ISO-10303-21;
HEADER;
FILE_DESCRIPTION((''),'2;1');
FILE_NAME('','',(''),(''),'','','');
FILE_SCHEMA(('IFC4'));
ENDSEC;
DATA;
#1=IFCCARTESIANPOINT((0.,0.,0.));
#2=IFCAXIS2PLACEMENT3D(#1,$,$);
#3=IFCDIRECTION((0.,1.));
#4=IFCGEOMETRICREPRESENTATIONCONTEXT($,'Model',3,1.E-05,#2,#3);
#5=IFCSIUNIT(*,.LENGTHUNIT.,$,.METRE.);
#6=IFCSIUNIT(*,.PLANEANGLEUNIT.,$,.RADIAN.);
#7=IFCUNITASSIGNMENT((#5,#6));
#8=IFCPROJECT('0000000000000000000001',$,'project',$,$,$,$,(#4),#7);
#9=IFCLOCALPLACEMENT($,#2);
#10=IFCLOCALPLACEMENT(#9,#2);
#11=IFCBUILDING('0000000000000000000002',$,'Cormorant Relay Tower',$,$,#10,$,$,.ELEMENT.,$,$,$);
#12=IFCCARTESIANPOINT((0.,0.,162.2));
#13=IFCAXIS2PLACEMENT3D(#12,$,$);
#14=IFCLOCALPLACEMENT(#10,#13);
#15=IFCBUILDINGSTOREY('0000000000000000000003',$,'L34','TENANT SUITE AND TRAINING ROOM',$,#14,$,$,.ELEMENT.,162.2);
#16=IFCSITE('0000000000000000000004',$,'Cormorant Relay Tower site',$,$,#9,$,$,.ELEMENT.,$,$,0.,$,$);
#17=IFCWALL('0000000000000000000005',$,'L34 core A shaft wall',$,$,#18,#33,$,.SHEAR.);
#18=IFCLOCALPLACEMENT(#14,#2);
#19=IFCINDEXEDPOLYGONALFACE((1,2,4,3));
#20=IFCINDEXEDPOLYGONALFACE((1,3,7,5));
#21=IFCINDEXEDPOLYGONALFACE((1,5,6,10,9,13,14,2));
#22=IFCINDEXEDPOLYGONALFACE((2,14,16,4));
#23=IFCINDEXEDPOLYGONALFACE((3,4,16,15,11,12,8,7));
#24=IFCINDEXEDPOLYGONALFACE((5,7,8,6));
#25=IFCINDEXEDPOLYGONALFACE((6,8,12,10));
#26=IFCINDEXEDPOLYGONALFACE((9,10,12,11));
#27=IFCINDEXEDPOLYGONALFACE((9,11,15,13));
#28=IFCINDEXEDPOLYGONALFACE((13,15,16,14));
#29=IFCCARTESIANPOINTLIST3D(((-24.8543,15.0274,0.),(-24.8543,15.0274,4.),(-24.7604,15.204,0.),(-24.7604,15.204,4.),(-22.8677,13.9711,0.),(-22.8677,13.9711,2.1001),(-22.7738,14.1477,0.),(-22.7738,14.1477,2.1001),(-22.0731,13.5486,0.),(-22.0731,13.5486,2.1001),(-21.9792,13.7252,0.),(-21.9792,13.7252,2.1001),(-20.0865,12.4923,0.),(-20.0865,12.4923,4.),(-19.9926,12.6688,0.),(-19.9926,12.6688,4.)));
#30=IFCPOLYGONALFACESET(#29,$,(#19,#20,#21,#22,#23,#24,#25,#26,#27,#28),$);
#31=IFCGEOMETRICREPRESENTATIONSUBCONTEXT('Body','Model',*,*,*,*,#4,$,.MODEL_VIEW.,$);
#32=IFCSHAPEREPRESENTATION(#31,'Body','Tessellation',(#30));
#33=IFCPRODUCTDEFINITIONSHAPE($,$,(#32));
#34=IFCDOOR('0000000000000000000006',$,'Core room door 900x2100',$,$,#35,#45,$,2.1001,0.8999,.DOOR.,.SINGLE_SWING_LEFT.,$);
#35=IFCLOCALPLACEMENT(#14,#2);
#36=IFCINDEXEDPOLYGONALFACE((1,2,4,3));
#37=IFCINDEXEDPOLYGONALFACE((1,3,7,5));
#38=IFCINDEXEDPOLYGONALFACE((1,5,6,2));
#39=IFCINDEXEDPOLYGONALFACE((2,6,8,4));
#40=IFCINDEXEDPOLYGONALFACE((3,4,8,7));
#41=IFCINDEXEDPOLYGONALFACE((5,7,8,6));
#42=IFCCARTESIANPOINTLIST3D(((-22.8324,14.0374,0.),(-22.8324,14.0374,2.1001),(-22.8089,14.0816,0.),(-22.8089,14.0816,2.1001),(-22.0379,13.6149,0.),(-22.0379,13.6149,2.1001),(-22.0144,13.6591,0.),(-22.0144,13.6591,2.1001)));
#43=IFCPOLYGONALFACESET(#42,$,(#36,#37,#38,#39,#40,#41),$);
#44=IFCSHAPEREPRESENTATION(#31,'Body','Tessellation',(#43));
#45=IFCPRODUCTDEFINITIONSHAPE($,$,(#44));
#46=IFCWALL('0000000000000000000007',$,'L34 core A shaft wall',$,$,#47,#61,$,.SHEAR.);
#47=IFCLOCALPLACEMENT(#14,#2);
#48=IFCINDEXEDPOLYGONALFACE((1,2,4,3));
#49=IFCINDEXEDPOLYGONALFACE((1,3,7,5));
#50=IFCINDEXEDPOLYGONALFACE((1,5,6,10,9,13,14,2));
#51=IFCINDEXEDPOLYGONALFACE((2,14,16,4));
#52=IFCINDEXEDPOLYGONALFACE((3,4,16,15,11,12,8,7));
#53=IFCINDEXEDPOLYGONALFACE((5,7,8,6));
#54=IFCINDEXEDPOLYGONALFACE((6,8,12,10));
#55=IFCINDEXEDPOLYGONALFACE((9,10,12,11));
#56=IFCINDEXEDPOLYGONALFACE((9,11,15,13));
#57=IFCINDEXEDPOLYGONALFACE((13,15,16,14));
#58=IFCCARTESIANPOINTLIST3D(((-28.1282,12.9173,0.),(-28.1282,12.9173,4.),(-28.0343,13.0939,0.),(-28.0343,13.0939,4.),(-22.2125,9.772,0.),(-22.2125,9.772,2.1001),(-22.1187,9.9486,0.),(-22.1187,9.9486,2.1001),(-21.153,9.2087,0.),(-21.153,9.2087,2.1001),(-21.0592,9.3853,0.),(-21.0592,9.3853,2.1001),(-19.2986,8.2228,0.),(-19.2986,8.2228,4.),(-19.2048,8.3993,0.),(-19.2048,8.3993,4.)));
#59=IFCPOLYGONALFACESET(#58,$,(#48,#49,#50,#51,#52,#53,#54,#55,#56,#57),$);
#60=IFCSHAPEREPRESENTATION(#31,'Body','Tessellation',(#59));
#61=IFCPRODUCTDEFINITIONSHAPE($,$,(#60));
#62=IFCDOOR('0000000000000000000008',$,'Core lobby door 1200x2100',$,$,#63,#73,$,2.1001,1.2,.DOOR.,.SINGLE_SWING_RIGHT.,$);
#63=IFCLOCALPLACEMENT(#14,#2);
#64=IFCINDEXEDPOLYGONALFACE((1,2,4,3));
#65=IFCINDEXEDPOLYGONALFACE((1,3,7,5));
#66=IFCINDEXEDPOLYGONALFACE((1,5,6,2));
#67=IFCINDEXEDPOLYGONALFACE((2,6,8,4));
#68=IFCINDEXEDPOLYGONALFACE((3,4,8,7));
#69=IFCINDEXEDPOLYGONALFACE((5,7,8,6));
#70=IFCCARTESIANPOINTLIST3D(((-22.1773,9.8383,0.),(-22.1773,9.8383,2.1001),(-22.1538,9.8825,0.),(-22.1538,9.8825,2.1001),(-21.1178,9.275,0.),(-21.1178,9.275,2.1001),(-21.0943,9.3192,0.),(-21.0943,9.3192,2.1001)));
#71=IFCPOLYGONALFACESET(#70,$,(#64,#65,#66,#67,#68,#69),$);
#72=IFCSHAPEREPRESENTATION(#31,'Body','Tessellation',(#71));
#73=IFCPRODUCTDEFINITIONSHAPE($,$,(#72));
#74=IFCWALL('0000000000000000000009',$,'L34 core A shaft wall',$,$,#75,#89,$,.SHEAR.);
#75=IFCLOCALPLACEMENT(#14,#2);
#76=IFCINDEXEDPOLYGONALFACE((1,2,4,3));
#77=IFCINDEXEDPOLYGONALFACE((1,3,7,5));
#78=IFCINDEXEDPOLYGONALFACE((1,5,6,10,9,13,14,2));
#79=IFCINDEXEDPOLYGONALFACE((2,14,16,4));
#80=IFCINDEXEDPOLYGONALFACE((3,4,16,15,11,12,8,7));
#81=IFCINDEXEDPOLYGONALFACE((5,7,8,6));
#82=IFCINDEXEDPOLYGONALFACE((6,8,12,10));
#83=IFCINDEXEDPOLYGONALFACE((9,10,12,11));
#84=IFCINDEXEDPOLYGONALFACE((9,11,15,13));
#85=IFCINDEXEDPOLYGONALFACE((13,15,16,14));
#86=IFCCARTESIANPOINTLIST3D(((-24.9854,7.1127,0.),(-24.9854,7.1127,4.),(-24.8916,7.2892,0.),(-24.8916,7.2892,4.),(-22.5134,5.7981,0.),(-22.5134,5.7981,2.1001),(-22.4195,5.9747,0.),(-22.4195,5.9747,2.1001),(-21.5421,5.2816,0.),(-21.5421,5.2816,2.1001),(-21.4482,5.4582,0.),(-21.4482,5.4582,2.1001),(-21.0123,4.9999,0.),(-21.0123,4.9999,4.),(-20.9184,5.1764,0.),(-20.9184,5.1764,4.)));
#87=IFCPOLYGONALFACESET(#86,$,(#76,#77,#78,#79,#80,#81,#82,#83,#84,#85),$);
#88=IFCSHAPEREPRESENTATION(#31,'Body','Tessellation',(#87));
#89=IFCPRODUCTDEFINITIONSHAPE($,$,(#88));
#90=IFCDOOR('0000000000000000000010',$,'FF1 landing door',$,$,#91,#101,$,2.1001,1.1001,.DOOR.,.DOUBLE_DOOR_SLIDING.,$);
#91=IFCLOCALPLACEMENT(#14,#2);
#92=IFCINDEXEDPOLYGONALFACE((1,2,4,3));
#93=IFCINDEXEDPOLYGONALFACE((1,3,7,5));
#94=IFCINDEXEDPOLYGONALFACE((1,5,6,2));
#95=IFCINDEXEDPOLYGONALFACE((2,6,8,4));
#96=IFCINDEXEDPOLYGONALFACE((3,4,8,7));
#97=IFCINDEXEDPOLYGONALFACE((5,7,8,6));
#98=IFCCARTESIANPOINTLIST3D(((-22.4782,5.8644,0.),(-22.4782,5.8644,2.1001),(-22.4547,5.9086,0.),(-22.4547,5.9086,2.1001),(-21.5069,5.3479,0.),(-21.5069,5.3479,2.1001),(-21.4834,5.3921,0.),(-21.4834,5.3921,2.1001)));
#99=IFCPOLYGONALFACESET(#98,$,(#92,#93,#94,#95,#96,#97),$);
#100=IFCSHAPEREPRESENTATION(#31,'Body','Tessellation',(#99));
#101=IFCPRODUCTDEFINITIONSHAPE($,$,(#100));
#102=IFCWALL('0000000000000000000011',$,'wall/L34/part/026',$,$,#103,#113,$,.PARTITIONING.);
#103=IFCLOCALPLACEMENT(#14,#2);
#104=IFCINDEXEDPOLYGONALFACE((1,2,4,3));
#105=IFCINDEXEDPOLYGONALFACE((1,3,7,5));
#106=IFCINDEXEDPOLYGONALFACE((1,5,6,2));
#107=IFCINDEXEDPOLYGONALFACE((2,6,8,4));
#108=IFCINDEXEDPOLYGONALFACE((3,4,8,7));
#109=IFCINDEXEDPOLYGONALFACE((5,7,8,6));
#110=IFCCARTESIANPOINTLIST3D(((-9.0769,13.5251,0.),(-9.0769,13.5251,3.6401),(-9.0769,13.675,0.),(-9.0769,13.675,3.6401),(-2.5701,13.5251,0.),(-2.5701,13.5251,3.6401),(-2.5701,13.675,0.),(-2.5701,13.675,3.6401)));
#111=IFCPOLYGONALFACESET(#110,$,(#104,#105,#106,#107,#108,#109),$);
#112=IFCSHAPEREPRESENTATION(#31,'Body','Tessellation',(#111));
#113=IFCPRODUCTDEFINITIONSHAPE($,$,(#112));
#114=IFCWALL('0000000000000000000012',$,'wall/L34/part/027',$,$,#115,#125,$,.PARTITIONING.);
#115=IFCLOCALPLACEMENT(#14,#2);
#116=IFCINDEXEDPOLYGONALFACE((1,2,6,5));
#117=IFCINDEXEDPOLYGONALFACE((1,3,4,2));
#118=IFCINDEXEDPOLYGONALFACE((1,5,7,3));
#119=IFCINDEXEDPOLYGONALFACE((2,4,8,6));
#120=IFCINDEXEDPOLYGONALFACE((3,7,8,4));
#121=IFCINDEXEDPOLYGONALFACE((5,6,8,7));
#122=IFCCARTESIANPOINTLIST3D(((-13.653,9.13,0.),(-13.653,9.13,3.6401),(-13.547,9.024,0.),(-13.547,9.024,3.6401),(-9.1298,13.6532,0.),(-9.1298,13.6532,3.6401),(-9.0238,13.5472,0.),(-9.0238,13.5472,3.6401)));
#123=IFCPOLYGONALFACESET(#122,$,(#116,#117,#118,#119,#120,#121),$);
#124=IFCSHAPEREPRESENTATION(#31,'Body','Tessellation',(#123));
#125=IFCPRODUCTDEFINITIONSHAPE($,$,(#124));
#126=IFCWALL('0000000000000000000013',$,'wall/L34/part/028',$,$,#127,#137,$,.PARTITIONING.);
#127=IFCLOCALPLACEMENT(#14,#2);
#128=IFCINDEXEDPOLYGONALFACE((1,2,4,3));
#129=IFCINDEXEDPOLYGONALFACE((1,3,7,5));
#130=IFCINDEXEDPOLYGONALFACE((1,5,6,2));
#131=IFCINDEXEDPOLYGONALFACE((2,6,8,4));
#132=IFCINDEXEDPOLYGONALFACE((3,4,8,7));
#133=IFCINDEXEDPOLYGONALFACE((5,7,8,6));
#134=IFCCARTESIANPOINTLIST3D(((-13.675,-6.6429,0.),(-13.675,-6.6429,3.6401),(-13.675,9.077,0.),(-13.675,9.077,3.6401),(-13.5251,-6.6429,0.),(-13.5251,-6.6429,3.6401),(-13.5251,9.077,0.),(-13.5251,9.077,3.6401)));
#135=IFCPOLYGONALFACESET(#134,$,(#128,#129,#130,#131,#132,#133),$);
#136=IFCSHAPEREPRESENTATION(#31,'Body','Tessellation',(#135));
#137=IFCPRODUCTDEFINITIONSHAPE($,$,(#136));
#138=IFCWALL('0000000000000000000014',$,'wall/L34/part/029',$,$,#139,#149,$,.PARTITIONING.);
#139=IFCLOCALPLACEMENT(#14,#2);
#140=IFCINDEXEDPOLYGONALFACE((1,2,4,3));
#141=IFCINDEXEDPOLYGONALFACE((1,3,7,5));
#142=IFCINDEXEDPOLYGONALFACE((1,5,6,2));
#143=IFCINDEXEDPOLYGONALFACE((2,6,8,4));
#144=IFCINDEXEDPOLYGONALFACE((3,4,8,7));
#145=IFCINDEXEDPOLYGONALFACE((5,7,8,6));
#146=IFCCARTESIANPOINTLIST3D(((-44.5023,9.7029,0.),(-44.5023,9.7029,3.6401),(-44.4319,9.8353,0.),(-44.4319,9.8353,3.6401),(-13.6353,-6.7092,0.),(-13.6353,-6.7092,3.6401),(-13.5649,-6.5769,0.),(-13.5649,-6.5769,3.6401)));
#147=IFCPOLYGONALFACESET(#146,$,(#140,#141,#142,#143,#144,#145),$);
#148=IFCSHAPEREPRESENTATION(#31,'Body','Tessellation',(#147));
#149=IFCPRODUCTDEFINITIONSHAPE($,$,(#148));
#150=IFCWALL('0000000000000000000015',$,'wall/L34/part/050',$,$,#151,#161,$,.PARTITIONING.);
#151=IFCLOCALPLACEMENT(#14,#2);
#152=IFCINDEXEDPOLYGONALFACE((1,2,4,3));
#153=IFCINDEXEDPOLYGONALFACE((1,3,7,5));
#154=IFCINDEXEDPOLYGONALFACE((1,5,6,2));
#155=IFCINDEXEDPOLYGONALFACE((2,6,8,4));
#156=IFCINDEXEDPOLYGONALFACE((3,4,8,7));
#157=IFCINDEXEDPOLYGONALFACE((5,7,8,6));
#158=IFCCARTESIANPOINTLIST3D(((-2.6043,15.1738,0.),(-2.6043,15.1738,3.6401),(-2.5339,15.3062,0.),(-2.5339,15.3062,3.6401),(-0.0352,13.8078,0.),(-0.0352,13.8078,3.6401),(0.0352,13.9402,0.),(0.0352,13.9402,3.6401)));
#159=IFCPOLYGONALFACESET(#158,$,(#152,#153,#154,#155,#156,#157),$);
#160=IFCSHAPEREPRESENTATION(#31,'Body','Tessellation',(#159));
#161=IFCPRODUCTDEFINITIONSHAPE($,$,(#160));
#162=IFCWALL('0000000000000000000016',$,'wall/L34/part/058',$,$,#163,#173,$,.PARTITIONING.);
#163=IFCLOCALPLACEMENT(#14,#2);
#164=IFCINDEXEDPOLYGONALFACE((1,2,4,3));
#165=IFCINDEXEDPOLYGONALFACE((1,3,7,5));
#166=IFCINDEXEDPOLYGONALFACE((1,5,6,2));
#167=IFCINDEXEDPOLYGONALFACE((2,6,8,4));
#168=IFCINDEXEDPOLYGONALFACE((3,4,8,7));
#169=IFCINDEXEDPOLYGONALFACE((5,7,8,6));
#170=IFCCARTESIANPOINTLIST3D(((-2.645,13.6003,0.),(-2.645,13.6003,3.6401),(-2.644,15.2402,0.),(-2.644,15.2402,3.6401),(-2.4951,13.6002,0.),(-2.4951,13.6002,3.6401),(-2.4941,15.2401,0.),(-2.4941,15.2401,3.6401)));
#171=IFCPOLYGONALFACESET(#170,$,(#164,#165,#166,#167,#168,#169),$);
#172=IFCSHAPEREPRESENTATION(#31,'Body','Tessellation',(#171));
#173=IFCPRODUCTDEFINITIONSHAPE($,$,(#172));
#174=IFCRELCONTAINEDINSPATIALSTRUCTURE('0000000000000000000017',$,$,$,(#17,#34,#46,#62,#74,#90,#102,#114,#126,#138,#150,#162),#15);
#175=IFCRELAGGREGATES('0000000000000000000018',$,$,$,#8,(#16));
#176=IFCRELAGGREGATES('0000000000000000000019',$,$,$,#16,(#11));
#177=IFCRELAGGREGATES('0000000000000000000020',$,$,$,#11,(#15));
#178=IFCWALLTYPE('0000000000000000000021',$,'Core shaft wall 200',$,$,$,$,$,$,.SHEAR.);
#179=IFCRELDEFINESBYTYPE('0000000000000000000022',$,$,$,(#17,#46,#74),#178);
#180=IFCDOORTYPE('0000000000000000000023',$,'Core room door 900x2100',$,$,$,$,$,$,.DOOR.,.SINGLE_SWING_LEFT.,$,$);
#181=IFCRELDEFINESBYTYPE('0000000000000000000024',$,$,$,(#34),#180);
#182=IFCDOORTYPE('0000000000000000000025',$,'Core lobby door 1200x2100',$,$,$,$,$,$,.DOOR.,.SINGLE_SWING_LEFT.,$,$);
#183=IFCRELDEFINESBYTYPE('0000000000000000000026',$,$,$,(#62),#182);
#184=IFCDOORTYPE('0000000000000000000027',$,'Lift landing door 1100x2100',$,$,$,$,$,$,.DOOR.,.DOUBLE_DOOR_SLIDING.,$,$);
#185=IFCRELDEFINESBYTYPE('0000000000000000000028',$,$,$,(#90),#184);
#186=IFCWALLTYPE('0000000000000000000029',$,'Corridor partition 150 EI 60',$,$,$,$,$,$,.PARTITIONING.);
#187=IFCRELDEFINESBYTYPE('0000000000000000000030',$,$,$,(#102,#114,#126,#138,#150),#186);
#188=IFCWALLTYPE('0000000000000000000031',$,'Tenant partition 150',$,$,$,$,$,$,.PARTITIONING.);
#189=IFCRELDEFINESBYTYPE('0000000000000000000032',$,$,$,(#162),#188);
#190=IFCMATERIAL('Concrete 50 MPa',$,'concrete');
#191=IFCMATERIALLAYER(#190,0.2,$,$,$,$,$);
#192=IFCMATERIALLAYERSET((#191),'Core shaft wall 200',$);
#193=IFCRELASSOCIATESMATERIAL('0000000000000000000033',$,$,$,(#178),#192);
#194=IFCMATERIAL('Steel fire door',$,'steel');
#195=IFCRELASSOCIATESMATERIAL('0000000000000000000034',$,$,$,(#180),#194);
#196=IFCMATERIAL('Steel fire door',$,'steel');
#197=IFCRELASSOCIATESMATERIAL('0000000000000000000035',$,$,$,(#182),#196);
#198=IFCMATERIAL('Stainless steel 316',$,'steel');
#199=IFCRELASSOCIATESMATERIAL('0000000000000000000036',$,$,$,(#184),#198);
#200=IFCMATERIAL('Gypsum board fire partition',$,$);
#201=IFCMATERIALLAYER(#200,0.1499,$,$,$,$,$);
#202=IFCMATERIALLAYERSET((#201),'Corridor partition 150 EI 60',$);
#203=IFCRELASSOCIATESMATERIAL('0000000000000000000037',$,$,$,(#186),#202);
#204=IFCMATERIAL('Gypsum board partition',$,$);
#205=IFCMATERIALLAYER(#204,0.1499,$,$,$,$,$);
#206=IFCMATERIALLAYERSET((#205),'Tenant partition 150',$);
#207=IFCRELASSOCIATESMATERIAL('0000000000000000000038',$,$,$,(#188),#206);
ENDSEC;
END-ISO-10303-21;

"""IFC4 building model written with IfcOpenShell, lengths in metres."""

from ifc_helpers import new_model, si_unit, direction, frame, frame_2d, origin, place, context, subcontext, project, spatial, rectangle, extrude, material, layer, layer_set, type_object, element, fill, save


model = new_model("IFC4")

# Units and contexts
model_context = context("Model", 3, precision=1e-05, world=origin(), true_north=direction((0.0, 1.0)))
body_context = subcontext(model_context, "Body", "Model", "MODEL_VIEW")
ifc_project = project(units=[si_unit("LENGTHUNIT", "METRE"), si_unit("PLANEANGLEUNIT", "RADIAN")], contexts=[model_context])

# Site, building, storey
site_placement = place(None, origin())
site = spatial("IfcSite", under=ifc_project, at=site_placement, Name="Cormorant Relay Tower site", CompositionType="ELEMENT", RefElevation=0.0)
building_placement = place(site_placement, origin())
building = spatial("IfcBuilding", under=site, at=building_placement, Name="Cormorant Relay Tower", CompositionType="ELEMENT")
storey_placement = place(building_placement, frame((0.0, 0.0, 162.2)))
storey = spatial("IfcBuildingStorey", under=building, at=storey_placement, Name="L34", Description="TENANT SUITE AND TRAINING ROOM", CompositionType="ELEMENT", Elevation=162.2)

# Shared definitions
ifc_material_1 = material(Name="Concrete 50 MPa", Category="concrete")
ifc_layer_1 = layer(ifc_material_1, 0.2)
ifc_layer_set_1 = layer_set([ifc_layer_1], Name="Core shaft wall 200")
wall_type_1 = type_object("IfcWallType", Name="Core shaft wall 200", PredefinedType="SHEAR", material=ifc_layer_set_1)

# Walls, openings, doors
wall_1_placement = place(storey_placement, frame((-20.0396, 12.5806, 0.0), z_axis=(0.0, 0.0, 1.0), x_axis=(-0.882943, 0.46948, 0.0)))
wall_1 = element("IfcWall", 1, at=wall_1_placement, inside=storey, type_object=wall_type_1, Name="L34 core A shaft wall", PredefinedType="SHEAR", context=body_context, shape_type="SweptSolid", body=[
    extrude(rectangle(XDim=5.3999, YDim=0.2, at=frame_2d((2.7, 0.0))), origin(), (0.0, 0.0, 1.0), 4.0),
])
opening_1_placement = place(wall_1_placement, frame((2.25, 0.0, 0.0)))
opening_1 = element("IfcOpeningElement", 2, at=opening_1_placement, cuts=wall_1, PredefinedType="OPENING", context=body_context, shape_type="SweptSolid", body=[
    extrude(rectangle(XDim=0.8999, YDim=2.1001, at=frame_2d((0.45, 1.05))), frame((0.0, 0.1099, 0.0), z_axis=(0.0, -1.0, 0.0), x_axis=(1.0, 0.0, 0.0)), (0.0, 0.0, 1.0), 0.22),
])
ifc_material_2 = material(Name="Steel fire door", Category="steel")
door_type_1 = type_object("IfcDoorType", Name="Core room door 900x2100", OperationType="SINGLE_SWING_LEFT", PredefinedType="DOOR", material=ifc_material_2)
door_1_placement = place(opening_1_placement, origin())
door_1 = element("IfcDoor", 3, at=door_1_placement, inside=storey, type_object=door_type_1, Name="Core room door 900x2100", OperationType="SINGLE_SWING_LEFT", OverallHeight=2.1001, OverallWidth=0.8999, PredefinedType="DOOR", context=body_context, shape_type="SweptSolid", body=[
    extrude(rectangle(XDim=0.8999, YDim=2.1001, at=frame_2d((0.45, 1.05))), frame((0.0, 0.0249, 0.0), z_axis=(0.0, -1.0, 0.0), x_axis=(1.0, 0.0, 0.0)), (0.0, 0.0, 1.0), 0.05),
])
fill(opening_1, door_1)
wall_2_placement = place(storey_placement, frame((-19.2517, 8.311, 0.0), z_axis=(0.0, 0.0, 1.0), x_axis=(-0.882956, 0.469456, 0.0)))
wall_2 = element("IfcWall", 4, at=wall_2_placement, inside=storey, type_object=wall_type_1, Name="L34 core A shaft wall", PredefinedType="SHEAR", context=body_context, shape_type="SweptSolid", body=[
    extrude(rectangle(XDim=10.0, YDim=0.2, at=frame_2d((5.0, 0.0))), origin(), (0.0, 0.0, 1.0), 4.0),
])
opening_2_placement = place(wall_2_placement, frame((2.1001, 0.0, 0.0)))
opening_2 = element("IfcOpeningElement", 5, at=opening_2_placement, cuts=wall_2, PredefinedType="OPENING", context=body_context, shape_type="SweptSolid", body=[
    extrude(rectangle(XDim=1.2, YDim=2.1001, at=frame_2d((0.6001, 1.05))), frame((0.0, 0.1099, 0.0), z_axis=(0.0, -1.0, 0.0), x_axis=(1.0, 0.0, 0.0)), (0.0, 0.0, 1.0), 0.22),
])
ifc_material_3 = material(Name="Steel fire door", Category="steel")
door_type_2 = type_object("IfcDoorType", Name="Core lobby door 1200x2100", OperationType="SINGLE_SWING_LEFT", PredefinedType="DOOR", material=ifc_material_3)
door_2_placement = place(opening_2_placement, origin())
door_2 = element("IfcDoor", 6, at=door_2_placement, inside=storey, type_object=door_type_2, Name="Core lobby door 1200x2100", OperationType="SINGLE_SWING_RIGHT", OverallHeight=2.1001, OverallWidth=1.2, PredefinedType="DOOR", context=body_context, shape_type="SweptSolid", body=[
    extrude(rectangle(XDim=1.2, YDim=2.1001, at=frame_2d((0.6001, 1.05))), frame((0.0, 0.0249, 0.0), z_axis=(0.0, -1.0, 0.0), x_axis=(1.0, 0.0, 0.0)), (0.0, 0.0, 1.0), 0.05),
])
fill(opening_2, door_2)
wall_3_placement = place(storey_placement, frame((-20.9653, 5.0881, 0.0), z_axis=(0.0, 0.0, 1.0), x_axis=(-0.882926, 0.469512, 0.0)))
wall_3 = element("IfcWall", 7, at=wall_3_placement, inside=storey, type_object=wall_type_1, Name="L34 core A shaft wall", PredefinedType="SHEAR", context=body_context, shape_type="SweptSolid", body=[
    extrude(rectangle(XDim=4.5, YDim=0.2, at=frame_2d((2.25, 0.0))), origin(), (0.0, 0.0, 1.0), 4.0),
])
opening_3_placement = place(wall_3_placement, frame((0.6001, 0.0, 0.0)))
opening_3 = element("IfcOpeningElement", 8, at=opening_3_placement, cuts=wall_3, PredefinedType="OPENING", context=body_context, shape_type="SweptSolid", body=[
    extrude(rectangle(XDim=1.1001, YDim=2.1001, at=frame_2d((0.55, 1.05))), frame((0.0, 0.1099, 0.0), z_axis=(0.0, -1.0, 0.0), x_axis=(1.0, 0.0, 0.0)), (0.0, 0.0, 1.0), 0.22),
])
ifc_material_4 = material(Name="Stainless steel 316", Category="steel")
door_type_3 = type_object("IfcDoorType", Name="Lift landing door 1100x2100", OperationType="DOUBLE_DOOR_SLIDING", PredefinedType="DOOR", material=ifc_material_4)
door_3_placement = place(opening_3_placement, origin())
door_3 = element("IfcDoor", 9, at=door_3_placement, inside=storey, type_object=door_type_3, Name="FF1 landing door", OperationType="DOUBLE_DOOR_SLIDING", OverallHeight=2.1001, OverallWidth=1.1001, PredefinedType="DOOR", context=body_context, shape_type="SweptSolid", body=[
    extrude(rectangle(XDim=1.1001, YDim=2.1001, at=frame_2d((0.55, 1.05))), frame((0.0, 0.0249, 0.0), z_axis=(0.0, -1.0, 0.0), x_axis=(1.0, 0.0, 0.0)), (0.0, 0.0, 1.0), 0.05),
])
fill(opening_3, door_3)

# Walls
ifc_material_5 = material(Name="Gypsum board fire partition")
ifc_layer_2 = layer(ifc_material_5, 0.1499)
ifc_layer_set_2 = layer_set([ifc_layer_2], Name="Corridor partition 150 EI 60")
wall_type_2 = type_object("IfcWallType", Name="Corridor partition 150 EI 60", PredefinedType="PARTITIONING", material=ifc_layer_set_2)
wall_4_placement = place(storey_placement, frame((-2.5701, 13.6001, 0.0), z_axis=(0.0, 0.0, 1.0), x_axis=(-1.0, 0.0, 0.0)))
element("IfcWall", 10, at=wall_4_placement, inside=storey, type_object=wall_type_2, Name="wall/L34/part/026", PredefinedType="PARTITIONING", context=body_context, shape_type="SweptSolid", body=[
    extrude(rectangle(XDim=6.5068, YDim=0.1499, at=frame_2d((3.2534, 0.0))), origin(), (0.0, 0.0, 1.0), 3.6401),
])
wall_5_placement = place(storey_placement, frame((-9.0769, 13.6001, 0.0), z_axis=(0.0, 0.0, 1.0), x_axis=(-0.707107, -0.707107, 0.0)))
element("IfcWall", 11, at=wall_5_placement, inside=storey, type_object=wall_type_2, Name="wall/L34/part/027", PredefinedType="PARTITIONING", context=body_context, shape_type="SweptSolid", body=[
    extrude(rectangle(XDim=6.3967, YDim=0.1499, at=frame_2d((3.1982, 0.0))), origin(), (0.0, 0.0, 1.0), 3.6401),
])
wall_6_placement = place(storey_placement, frame((-13.6001, 9.0769, 0.0), z_axis=(0.0, 0.0, 1.0), x_axis=(0.0, -1.0, 0.0)))
element("IfcWall", 12, at=wall_6_placement, inside=storey, type_object=wall_type_2, Name="wall/L34/part/028", PredefinedType="PARTITIONING", context=body_context, shape_type="SweptSolid", body=[
    extrude(rectangle(XDim=15.72, YDim=0.1499, at=frame_2d((7.8599, 0.0))), origin(), (0.0, 0.0, 1.0), 3.6401),
])
wall_7_placement = place(storey_placement, frame((-13.6001, -6.6431, 0.0), z_axis=(0.0, 0.0, 1.0), x_axis=(-0.882949, 0.469469, 0.0)))
element("IfcWall", 13, at=wall_7_placement, inside=storey, type_object=wall_type_2, Name="wall/L34/part/029", PredefinedType="PARTITIONING", context=body_context, shape_type="SweptSolid", body=[
    extrude(rectangle(XDim=34.959, YDim=0.1499, at=frame_2d((17.4795, 0.0))), origin(), (0.0, 0.0, 1.0), 3.6401),
])
wall_8_placement = place(storey_placement, frame((-2.5691, 15.24, 0.0), z_axis=(0.0, 0.0, 1.0), x_axis=(0.882954, -0.46946, 0.0)))
element("IfcWall", 14, at=wall_8_placement, inside=storey, type_object=wall_type_2, Name="wall/L34/part/050", PredefinedType="PARTITIONING", context=body_context, shape_type="SweptSolid", body=[
    extrude(rectangle(XDim=2.9097, YDim=0.1499, at=frame_2d((1.4548, 0.0))), origin(), (0.0, 0.0, 1.0), 3.6401),
])
ifc_material_6 = material(Name="Gypsum board partition")
ifc_layer_3 = layer(ifc_material_6, 0.1499)
ifc_layer_set_3 = layer_set([ifc_layer_3], Name="Tenant partition 150")
wall_type_3 = type_object("IfcWallType", Name="Tenant partition 150", PredefinedType="PARTITIONING", material=ifc_layer_set_3)
wall_9_placement = place(storey_placement, frame((-2.5691, 15.24, 0.0), z_axis=(0.0, 0.0, 1.0), x_axis=(-0.000596, -1.0, 0.0)))
element("IfcWall", 15, at=wall_9_placement, inside=storey, type_object=wall_type_3, Name="wall/L34/part/058", PredefinedType="PARTITIONING", context=body_context, shape_type="SweptSolid", body=[
    extrude(rectangle(XDim=1.6399, YDim=0.1499, at=frame_2d((0.8198, 0.0))), origin(), (0.0, 0.0, 1.0), 3.6401),
])

save(model, "model.ifc")
